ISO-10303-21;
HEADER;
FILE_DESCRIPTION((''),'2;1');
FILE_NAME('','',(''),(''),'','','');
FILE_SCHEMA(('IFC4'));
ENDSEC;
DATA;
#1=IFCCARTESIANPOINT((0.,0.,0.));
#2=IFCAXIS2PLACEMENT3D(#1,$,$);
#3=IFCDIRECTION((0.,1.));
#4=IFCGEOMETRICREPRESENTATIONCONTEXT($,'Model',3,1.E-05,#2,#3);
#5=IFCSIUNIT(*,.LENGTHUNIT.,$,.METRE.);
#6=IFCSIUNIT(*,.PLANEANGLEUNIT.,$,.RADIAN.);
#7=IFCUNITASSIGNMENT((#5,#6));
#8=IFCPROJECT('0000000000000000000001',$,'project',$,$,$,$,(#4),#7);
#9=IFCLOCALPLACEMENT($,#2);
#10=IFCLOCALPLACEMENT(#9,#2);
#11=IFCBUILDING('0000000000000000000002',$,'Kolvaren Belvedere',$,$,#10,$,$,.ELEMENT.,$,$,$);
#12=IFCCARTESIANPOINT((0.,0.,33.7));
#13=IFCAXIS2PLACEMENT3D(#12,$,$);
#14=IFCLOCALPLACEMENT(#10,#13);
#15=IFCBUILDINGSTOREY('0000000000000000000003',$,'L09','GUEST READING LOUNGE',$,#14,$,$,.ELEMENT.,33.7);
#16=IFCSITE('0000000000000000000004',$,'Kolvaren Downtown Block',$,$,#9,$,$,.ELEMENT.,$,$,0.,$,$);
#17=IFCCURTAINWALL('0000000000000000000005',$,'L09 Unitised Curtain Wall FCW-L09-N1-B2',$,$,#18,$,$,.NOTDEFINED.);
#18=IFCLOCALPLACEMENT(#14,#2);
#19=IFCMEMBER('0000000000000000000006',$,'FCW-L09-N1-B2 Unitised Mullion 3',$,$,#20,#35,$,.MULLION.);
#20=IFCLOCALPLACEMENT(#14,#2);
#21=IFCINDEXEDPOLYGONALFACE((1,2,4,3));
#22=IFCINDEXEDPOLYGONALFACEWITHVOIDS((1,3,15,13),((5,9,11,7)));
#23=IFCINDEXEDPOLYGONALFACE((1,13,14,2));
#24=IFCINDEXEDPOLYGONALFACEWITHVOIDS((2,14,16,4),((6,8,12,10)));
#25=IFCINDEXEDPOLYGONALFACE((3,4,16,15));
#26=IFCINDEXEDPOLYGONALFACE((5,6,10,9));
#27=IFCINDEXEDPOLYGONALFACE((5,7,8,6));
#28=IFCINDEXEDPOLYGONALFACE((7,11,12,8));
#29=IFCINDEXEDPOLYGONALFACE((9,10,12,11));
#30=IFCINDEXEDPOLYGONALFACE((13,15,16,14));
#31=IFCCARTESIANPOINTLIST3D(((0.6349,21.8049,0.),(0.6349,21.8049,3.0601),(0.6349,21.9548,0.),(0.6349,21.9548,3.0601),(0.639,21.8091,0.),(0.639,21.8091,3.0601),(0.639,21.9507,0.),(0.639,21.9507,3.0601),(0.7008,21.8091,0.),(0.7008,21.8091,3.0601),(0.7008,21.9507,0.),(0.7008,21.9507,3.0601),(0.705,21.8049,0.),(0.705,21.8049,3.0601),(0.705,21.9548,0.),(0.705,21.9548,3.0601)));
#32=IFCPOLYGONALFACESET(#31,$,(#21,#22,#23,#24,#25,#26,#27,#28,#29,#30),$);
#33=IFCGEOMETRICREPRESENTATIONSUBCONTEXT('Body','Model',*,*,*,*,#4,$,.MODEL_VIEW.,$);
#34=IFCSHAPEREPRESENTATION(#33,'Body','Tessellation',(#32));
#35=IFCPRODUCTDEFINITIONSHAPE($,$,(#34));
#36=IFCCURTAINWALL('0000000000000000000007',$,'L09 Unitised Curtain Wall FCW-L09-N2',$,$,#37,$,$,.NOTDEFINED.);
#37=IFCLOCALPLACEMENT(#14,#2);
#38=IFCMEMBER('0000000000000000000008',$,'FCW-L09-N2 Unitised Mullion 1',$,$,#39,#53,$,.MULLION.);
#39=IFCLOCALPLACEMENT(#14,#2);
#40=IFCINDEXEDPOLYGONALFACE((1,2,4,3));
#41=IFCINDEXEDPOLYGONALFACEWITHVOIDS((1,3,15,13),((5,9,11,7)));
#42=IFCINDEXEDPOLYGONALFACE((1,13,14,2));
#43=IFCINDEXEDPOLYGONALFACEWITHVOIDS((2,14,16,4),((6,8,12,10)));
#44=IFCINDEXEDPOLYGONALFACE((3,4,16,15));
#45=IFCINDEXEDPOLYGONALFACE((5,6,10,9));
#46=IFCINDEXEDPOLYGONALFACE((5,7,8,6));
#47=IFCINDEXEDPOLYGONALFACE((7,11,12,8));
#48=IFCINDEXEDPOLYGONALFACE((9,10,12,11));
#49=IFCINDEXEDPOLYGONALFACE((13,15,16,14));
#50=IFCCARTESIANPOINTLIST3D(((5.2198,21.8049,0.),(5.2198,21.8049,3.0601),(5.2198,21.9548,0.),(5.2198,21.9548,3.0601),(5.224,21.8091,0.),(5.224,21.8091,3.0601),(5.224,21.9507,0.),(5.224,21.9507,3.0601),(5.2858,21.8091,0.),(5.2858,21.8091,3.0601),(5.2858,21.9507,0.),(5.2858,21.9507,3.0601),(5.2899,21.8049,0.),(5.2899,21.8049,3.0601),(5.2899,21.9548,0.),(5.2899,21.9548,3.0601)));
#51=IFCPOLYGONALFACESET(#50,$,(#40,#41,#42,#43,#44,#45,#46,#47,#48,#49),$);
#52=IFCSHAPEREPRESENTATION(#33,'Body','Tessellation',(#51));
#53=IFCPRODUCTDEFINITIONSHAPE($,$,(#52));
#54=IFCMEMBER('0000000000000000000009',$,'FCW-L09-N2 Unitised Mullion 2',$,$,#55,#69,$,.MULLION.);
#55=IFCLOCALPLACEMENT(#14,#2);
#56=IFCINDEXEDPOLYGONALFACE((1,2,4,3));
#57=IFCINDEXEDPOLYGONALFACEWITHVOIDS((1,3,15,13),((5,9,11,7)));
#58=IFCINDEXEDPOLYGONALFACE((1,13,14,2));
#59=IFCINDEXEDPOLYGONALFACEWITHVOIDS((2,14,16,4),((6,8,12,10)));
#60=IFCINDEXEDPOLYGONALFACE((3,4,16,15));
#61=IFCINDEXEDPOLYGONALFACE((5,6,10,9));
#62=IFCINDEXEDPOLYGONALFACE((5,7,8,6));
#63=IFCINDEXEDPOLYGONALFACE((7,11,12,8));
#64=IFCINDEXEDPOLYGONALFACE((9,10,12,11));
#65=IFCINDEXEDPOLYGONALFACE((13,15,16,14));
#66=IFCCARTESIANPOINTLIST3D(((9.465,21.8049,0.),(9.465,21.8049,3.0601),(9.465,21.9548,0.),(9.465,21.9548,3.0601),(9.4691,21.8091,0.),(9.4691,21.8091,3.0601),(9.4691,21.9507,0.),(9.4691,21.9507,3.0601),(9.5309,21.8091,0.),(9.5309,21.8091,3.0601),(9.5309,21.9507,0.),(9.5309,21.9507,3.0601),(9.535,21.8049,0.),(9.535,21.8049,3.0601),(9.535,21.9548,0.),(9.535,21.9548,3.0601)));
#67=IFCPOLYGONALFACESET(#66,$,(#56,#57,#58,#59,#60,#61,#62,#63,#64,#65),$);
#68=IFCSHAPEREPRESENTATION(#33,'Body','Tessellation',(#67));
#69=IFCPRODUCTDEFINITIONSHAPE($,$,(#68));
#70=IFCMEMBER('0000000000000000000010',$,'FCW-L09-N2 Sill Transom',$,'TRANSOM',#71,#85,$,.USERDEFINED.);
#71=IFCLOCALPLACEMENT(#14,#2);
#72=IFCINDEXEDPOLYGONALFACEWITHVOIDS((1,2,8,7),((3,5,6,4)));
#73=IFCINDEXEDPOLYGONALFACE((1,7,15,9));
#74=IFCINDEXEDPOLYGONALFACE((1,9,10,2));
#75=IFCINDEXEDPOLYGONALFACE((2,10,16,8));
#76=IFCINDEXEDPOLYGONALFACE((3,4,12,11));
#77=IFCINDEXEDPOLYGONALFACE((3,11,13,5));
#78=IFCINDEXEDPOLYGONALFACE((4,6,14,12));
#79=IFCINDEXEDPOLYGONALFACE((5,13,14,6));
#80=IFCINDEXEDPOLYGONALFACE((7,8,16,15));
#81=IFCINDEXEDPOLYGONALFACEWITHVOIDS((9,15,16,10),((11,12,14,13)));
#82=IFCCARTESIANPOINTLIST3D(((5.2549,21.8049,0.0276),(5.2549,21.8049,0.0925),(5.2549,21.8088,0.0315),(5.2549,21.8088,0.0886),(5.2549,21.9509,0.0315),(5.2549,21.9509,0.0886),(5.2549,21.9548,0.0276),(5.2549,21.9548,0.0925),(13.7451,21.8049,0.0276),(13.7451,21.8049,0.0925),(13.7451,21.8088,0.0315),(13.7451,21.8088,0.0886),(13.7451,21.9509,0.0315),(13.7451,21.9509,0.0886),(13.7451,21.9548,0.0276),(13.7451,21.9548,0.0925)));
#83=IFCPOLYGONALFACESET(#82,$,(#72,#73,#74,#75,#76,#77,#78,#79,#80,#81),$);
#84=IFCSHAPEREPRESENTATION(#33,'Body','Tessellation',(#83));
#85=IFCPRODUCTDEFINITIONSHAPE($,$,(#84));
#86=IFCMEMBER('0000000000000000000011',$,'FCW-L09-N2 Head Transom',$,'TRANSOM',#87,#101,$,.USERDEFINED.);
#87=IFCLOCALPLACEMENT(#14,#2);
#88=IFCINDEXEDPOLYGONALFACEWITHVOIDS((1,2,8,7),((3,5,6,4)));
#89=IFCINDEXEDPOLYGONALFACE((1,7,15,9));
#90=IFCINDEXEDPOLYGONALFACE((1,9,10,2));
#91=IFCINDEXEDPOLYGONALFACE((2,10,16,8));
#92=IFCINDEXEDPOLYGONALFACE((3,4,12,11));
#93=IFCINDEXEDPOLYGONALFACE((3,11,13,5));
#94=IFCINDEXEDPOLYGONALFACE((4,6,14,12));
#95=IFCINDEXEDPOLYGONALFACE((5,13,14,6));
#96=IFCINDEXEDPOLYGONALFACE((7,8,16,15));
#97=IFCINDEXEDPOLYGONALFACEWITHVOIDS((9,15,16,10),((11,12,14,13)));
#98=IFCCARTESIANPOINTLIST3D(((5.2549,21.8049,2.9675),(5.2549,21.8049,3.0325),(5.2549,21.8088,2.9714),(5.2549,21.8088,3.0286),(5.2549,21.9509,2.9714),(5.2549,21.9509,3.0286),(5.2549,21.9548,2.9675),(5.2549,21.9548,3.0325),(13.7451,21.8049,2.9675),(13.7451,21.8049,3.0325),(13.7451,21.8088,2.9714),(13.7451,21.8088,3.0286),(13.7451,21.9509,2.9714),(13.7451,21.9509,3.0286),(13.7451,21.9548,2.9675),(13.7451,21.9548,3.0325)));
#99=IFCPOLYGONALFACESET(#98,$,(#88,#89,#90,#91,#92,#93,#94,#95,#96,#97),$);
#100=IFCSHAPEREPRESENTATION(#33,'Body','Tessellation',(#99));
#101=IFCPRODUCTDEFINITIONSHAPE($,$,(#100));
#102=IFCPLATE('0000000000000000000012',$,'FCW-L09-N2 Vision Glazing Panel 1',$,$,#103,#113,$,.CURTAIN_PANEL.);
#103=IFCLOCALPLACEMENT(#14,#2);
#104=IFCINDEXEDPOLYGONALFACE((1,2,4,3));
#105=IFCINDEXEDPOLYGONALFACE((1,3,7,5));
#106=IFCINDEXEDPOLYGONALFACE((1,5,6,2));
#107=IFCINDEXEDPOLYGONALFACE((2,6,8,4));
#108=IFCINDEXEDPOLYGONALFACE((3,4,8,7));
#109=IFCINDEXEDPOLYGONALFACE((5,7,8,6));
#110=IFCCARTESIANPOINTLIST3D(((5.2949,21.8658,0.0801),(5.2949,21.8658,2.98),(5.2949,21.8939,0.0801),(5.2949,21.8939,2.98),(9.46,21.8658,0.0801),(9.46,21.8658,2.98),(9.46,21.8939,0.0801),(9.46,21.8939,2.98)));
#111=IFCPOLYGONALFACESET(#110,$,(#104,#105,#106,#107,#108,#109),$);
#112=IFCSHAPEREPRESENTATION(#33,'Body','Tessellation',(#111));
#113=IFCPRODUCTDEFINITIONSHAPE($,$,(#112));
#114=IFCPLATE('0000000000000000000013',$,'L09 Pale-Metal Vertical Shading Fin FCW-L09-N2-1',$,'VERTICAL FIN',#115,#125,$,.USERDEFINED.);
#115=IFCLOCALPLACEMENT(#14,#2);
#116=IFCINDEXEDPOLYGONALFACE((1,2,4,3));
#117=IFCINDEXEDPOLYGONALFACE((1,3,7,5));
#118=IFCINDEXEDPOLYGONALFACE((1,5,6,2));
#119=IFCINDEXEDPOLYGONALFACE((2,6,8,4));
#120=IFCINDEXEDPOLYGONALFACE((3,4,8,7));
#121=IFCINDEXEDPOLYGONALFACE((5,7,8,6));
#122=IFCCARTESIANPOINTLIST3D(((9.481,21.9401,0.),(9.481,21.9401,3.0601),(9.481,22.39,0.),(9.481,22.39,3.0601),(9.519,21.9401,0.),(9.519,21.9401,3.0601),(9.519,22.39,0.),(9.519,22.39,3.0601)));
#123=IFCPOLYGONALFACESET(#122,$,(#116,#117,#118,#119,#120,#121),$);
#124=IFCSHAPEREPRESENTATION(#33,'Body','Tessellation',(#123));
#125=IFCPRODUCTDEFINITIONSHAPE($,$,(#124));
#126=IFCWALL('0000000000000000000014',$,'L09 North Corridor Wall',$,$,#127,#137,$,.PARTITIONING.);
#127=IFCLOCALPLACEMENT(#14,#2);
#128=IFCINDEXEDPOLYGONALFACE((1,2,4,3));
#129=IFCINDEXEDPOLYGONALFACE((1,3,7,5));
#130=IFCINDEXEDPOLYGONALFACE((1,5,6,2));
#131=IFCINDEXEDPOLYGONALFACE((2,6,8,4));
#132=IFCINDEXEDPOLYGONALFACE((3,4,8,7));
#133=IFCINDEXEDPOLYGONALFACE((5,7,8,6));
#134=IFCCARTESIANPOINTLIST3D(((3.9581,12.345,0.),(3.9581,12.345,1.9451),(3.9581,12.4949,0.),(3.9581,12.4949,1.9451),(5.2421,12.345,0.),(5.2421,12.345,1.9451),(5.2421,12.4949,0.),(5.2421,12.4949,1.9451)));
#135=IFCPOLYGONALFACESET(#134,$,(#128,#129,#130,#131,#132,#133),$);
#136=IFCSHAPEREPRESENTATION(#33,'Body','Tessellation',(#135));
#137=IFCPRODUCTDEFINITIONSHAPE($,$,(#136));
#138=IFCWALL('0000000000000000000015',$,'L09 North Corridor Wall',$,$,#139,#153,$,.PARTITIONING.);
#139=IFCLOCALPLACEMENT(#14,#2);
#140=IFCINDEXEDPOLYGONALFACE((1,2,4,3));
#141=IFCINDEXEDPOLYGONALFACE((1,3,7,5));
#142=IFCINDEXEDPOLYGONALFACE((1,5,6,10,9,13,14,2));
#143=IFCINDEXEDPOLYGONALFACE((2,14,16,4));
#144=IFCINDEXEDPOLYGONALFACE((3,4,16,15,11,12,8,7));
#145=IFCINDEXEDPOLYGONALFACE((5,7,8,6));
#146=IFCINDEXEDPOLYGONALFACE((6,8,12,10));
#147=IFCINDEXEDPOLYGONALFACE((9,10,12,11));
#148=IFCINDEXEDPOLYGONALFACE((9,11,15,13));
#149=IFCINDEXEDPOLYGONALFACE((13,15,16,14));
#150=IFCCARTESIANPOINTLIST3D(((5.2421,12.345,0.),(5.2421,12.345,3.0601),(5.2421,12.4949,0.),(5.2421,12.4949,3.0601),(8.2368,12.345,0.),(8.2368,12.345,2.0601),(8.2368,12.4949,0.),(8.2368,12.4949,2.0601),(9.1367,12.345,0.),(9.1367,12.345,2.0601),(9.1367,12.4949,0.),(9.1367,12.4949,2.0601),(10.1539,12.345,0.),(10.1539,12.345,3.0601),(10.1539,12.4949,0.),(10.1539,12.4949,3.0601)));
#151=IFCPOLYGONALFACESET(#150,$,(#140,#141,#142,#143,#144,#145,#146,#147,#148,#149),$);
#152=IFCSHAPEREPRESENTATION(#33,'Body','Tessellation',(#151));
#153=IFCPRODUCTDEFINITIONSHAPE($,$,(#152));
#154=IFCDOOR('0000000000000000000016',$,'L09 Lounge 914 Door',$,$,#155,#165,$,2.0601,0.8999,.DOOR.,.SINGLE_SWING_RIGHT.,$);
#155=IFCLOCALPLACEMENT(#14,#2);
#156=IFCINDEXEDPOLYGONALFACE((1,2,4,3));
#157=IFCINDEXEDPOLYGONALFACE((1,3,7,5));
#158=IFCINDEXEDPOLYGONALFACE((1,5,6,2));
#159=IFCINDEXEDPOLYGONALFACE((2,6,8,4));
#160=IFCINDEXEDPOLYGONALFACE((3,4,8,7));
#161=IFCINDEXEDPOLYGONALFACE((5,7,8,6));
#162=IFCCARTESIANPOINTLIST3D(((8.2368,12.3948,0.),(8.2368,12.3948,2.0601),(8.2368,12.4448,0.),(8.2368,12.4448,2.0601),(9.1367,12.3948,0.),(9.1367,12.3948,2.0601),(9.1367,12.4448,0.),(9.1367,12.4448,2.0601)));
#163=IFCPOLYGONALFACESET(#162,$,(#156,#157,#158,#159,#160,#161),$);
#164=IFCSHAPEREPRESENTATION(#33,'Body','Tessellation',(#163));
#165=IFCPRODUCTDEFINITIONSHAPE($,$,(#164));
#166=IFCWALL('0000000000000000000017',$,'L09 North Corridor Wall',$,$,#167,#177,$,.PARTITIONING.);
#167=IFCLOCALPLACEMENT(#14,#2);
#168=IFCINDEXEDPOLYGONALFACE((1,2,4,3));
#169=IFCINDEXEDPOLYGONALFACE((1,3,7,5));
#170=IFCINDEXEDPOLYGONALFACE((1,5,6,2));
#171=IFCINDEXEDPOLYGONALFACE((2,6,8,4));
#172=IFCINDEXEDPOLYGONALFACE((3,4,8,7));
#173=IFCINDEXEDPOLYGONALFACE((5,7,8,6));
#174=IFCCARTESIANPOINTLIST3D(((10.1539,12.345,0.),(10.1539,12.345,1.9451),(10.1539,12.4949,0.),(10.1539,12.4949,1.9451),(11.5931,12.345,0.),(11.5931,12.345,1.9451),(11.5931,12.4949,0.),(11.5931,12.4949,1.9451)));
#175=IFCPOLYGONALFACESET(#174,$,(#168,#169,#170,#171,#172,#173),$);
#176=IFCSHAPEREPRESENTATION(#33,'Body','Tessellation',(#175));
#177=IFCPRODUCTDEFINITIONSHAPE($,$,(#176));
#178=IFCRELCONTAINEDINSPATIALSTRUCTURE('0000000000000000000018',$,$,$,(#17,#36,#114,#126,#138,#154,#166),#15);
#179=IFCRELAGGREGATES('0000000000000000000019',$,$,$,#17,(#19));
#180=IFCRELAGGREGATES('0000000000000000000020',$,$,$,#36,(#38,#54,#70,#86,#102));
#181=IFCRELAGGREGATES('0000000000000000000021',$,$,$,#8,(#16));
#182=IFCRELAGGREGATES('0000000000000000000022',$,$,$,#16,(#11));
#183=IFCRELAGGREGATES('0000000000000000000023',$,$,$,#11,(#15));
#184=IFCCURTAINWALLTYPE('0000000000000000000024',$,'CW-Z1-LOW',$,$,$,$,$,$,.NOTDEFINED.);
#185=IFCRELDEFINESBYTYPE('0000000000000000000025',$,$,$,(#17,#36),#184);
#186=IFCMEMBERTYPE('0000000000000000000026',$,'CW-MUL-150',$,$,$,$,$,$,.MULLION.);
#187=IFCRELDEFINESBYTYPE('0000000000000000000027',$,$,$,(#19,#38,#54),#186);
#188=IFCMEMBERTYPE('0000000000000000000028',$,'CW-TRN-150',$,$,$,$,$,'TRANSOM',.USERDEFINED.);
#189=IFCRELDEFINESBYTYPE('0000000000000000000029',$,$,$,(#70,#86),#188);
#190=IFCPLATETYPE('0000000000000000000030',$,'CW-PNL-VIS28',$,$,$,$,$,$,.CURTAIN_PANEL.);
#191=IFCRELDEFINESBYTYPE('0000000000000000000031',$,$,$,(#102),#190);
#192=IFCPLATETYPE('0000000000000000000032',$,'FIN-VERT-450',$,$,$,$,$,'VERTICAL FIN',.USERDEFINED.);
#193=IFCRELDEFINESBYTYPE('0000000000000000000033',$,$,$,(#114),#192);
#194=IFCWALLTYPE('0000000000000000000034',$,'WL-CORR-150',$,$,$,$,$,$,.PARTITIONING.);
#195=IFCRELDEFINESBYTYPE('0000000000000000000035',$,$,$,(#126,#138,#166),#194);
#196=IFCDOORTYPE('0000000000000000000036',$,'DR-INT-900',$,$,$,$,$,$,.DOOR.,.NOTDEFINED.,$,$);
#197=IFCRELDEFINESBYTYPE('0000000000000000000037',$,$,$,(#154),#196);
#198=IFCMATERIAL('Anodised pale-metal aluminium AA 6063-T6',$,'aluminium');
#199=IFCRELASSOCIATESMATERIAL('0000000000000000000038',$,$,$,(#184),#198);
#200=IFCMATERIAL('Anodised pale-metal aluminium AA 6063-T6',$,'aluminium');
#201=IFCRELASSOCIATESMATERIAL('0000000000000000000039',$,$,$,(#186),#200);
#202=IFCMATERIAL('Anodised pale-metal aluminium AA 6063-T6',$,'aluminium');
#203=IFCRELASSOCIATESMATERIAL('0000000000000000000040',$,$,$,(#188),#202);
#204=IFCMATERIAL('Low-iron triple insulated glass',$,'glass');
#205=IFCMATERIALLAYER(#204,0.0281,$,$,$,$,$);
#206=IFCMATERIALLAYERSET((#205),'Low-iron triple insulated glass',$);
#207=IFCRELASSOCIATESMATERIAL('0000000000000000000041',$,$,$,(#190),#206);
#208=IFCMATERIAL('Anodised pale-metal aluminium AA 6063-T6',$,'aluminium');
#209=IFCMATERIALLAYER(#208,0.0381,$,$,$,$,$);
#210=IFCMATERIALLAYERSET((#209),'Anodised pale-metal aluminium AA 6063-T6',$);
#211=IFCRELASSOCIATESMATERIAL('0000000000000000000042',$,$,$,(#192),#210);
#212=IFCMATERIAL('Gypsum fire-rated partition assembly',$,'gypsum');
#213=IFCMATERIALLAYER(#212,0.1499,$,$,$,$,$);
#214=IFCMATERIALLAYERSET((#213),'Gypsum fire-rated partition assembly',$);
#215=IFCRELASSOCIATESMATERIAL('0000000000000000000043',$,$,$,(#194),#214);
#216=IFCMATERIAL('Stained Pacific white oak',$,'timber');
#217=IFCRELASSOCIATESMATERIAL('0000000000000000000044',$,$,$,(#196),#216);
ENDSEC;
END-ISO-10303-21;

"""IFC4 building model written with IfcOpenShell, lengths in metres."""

from ifc_helpers import new_model, si_unit, direction, frame, frame_2d, origin, origin_2d, place, context, subcontext, project, spatial, rectangle, hollow_rectangle, extrude, material, layer, layer_set, material_profile, profile_set, type_object, element, fill, aggregate, save


model = new_model("IFC4")

# Units and contexts
model_context = context("Model", 3, precision=1e-05, world=origin(), true_north=direction((0.0, 1.0)))
body_context = subcontext(model_context, "Body", "Model", "MODEL_VIEW")
ifc_project = project(units=[si_unit("LENGTHUNIT", "METRE"), si_unit("PLANEANGLEUNIT", "RADIAN")], contexts=[model_context])

# Site, building, storey
site_placement = place(None, origin())
site = spatial("IfcSite", under=ifc_project, at=site_placement, Name="Kolvaren Downtown Block", CompositionType="ELEMENT", RefElevation=0.0)
building_placement = place(site_placement, origin())
building = spatial("IfcBuilding", under=site, at=building_placement, Name="Kolvaren Belvedere", CompositionType="ELEMENT")
storey_placement = place(building_placement, frame((0.0, 0.0, 33.7)))
storey = spatial("IfcBuildingStorey", under=building, at=storey_placement, Name="L09", Description="GUEST READING LOUNGE", CompositionType="ELEMENT", Elevation=33.7)

# Curtain wall, member
ifc_material_1 = material(Name="Anodised pale-metal aluminium AA 6063-T6", Category="aluminium")
curtain_wall_type = type_object("IfcCurtainWallType", Name="CW-Z1-LOW", PredefinedType="NOTDEFINED", material=ifc_material_1)
curtain_wall_1_placement = place(storey_placement, origin())
curtain_wall_1 = element("IfcCurtainWall", 1, at=curtain_wall_1_placement, inside=storey, type_object=curtain_wall_type, Name="L09 Unitised Curtain Wall FCW-L09-N1-B2", PredefinedType="NOTDEFINED")
ifc_material_2 = material(Name="Anodised pale-metal aluminium AA 6063-T6", Category="aluminium")
ifc_material_profile_1 = material_profile(ifc_material_2, hollow_rectangle(XDim=0.0701, YDim=0.1499, WallThickness=0.0042, at=origin_2d()), Name="ALU-MUL-150X70")
ifc_profile_set_1 = profile_set([ifc_material_profile_1], Name="Anodised pale-metal aluminium AA 6063-T6")
member_type_1 = type_object("IfcMemberType", Name="CW-MUL-150", PredefinedType="MULLION", material=ifc_profile_set_1)
member_1_placement = place(storey_placement, frame((0.6699, 21.8799, 0.0), z_axis=(0.0, 0.0, 1.0), x_axis=(1.0, 0.0, 0.0)))
member_1 = element("IfcMember", 2, at=member_1_placement, type_object=member_type_1, Name="FCW-L09-N1-B2 Unitised Mullion 3", PredefinedType="MULLION", context=body_context, shape_type="SweptSolid", body=[
    extrude(hollow_rectangle(XDim=0.0701, YDim=0.1499, WallThickness=0.0042, at=origin_2d()), origin(), (0.0, 0.0, 1.0), 3.0601),
])
aggregate(curtain_wall_1, [member_1])

# Curtain wall, members, plate
curtain_wall_2_placement = place(storey_placement, origin())
curtain_wall_2 = element("IfcCurtainWall", 3, at=curtain_wall_2_placement, inside=storey, type_object=curtain_wall_type, Name="L09 Unitised Curtain Wall FCW-L09-N2", PredefinedType="NOTDEFINED")
member_2_placement = place(storey_placement, frame((5.2549, 21.8799, 0.0), z_axis=(0.0, 0.0, 1.0), x_axis=(1.0, 0.0, 0.0)))
member_2 = element("IfcMember", 4, at=member_2_placement, type_object=member_type_1, Name="FCW-L09-N2 Unitised Mullion 1", PredefinedType="MULLION", context=body_context, shape_type="SweptSolid", body=[
    extrude(hollow_rectangle(XDim=0.0701, YDim=0.1499, WallThickness=0.0042, at=origin_2d()), origin(), (0.0, 0.0, 1.0), 3.0601),
])
member_3_placement = place(storey_placement, frame((9.5, 21.8799, 0.0), z_axis=(0.0, 0.0, 1.0), x_axis=(1.0, 0.0, 0.0)))
member_3 = element("IfcMember", 5, at=member_3_placement, type_object=member_type_1, Name="FCW-L09-N2 Unitised Mullion 2", PredefinedType="MULLION", context=body_context, shape_type="SweptSolid", body=[
    extrude(hollow_rectangle(XDim=0.0701, YDim=0.1499, WallThickness=0.0042, at=origin_2d()), origin(), (0.0, 0.0, 1.0), 3.0601),
])
ifc_material_3 = material(Name="Anodised pale-metal aluminium AA 6063-T6", Category="aluminium")
ifc_material_profile_2 = material_profile(ifc_material_3, hollow_rectangle(XDim=0.0649, YDim=0.1499, WallThickness=0.0039, at=origin_2d()), Name="ALU-TRN-150X65")
ifc_profile_set_2 = profile_set([ifc_material_profile_2], Name="Anodised pale-metal aluminium AA 6063-T6")
member_type_2 = type_object("IfcMemberType", Name="CW-TRN-150", ElementType="TRANSOM", PredefinedType="USERDEFINED", material=ifc_profile_set_2)
member_4_placement = place(storey_placement, frame((5.2549, 21.8799, 0.0601), z_axis=(1.0, 0.0, 0.0), x_axis=(0.0, 0.0, 1.0)))
member_4 = element("IfcMember", 6, at=member_4_placement, type_object=member_type_2, Name="FCW-L09-N2 Sill Transom", ObjectType="TRANSOM", PredefinedType="USERDEFINED", context=body_context, shape_type="SweptSolid", body=[
    extrude(hollow_rectangle(XDim=0.0649, YDim=0.1499, WallThickness=0.0039, at=origin_2d()), origin(), (0.0, 0.0, 1.0), 8.4902),
])
member_5_placement = place(storey_placement, frame((5.2549, 21.8799, 3.0), z_axis=(1.0, 0.0, 0.0), x_axis=(0.0, 0.0, 1.0)))
member_5 = element("IfcMember", 7, at=member_5_placement, type_object=member_type_2, Name="FCW-L09-N2 Head Transom", ObjectType="TRANSOM", PredefinedType="USERDEFINED", context=body_context, shape_type="SweptSolid", body=[
    extrude(hollow_rectangle(XDim=0.0649, YDim=0.1499, WallThickness=0.0039, at=origin_2d()), origin(), (0.0, 0.0, 1.0), 8.4902),
])
ifc_material_4 = material(Name="Low-iron triple insulated glass", Category="glass")
ifc_layer_1 = layer(ifc_material_4, 0.0281)
ifc_layer_set_1 = layer_set([ifc_layer_1], Name="Low-iron triple insulated glass")
plate_type_1 = type_object("IfcPlateType", Name="CW-PNL-VIS28", PredefinedType="CURTAIN_PANEL", material=ifc_layer_set_1)
plate_1_placement = place(storey_placement, frame((7.3774, 21.8799, 0.0801), z_axis=(0.0, 0.0, 1.0), x_axis=(1.0, 0.0, 0.0)))
plate_1 = element("IfcPlate", 8, at=plate_1_placement, type_object=plate_type_1, Name="FCW-L09-N2 Vision Glazing Panel 1", PredefinedType="CURTAIN_PANEL", context=body_context, shape_type="SweptSolid", body=[
    extrude(rectangle(XDim=4.165, YDim=0.0281, at=origin_2d()), origin(), (0.0, 0.0, 1.0), 2.8999),
])
aggregate(curtain_wall_2, [member_2, member_3, member_4, member_5, plate_1])

# Plate
ifc_material_5 = material(Name="Anodised pale-metal aluminium AA 6063-T6", Category="aluminium")
ifc_layer_2 = layer(ifc_material_5, 0.0381)
ifc_layer_set_2 = layer_set([ifc_layer_2], Name="Anodised pale-metal aluminium AA 6063-T6")
plate_type_2 = type_object("IfcPlateType", Name="FIN-VERT-450", ElementType="VERTICAL FIN", PredefinedType="USERDEFINED", material=ifc_layer_set_2)
plate_2_placement = place(storey_placement, frame((9.5, 22.165, 0.0), z_axis=(0.0, 0.0, 1.0), x_axis=(0.0, 1.0, 0.0)))
element("IfcPlate", 9, at=plate_2_placement, inside=storey, type_object=plate_type_2, Name="L09 Pale-Metal Vertical Shading Fin FCW-L09-N2-1", ObjectType="VERTICAL FIN", PredefinedType="USERDEFINED", context=body_context, shape_type="SweptSolid", body=[
    extrude(rectangle(XDim=0.45, YDim=0.0381, at=origin_2d()), origin(), (0.0, 0.0, 1.0), 3.0601),
])

# Wall
ifc_material_6 = material(Name="Gypsum fire-rated partition assembly", Category="gypsum")
ifc_layer_3 = layer(ifc_material_6, 0.1499)
ifc_layer_set_3 = layer_set([ifc_layer_3], Name="Gypsum fire-rated partition assembly")
wall_type_1 = type_object("IfcWallType", Name="WL-CORR-150", PredefinedType="PARTITIONING", material=ifc_layer_set_3)
wall_1_placement = place(storey_placement, frame((3.958, 12.4199, 0.0), z_axis=(0.0, 0.0, 1.0), x_axis=(1.0, 0.0, 0.0)))
element("IfcWall", 10, at=wall_1_placement, inside=storey, type_object=wall_type_1, Name="L09 North Corridor Wall", PredefinedType="PARTITIONING", context=body_context, shape_type="SweptSolid", body=[
    extrude(rectangle(XDim=1.2839, YDim=0.1499, at=frame_2d((0.6421, 0.0))), origin(), (0.0, 0.0, 1.0), 1.9451),
])

# Wall, opening, door
wall_2_placement = place(storey_placement, frame((5.2419, 12.4199, 0.0), z_axis=(0.0, 0.0, 1.0), x_axis=(1.0, 0.0, 0.0)))
wall_2 = element("IfcWall", 11, at=wall_2_placement, inside=storey, type_object=wall_type_1, Name="L09 North Corridor Wall", PredefinedType="PARTITIONING", context=body_context, shape_type="SweptSolid", body=[
    extrude(rectangle(XDim=4.9119, YDim=0.1499, at=frame_2d((2.4561, 0.0))), origin(), (0.0, 0.0, 1.0), 3.0601),
])
opening_1_placement = place(wall_2_placement, frame((2.9949, 0.0, 0.0)))
opening_1 = element("IfcOpeningElement", 12, at=opening_1_placement, cuts=wall_2, PredefinedType="OPENING", context=body_context, shape_type="SweptSolid", body=[
    extrude(rectangle(XDim=0.8999, YDim=2.0601, at=frame_2d((0.45, 1.03))), frame((0.0, 0.085, 0.0), z_axis=(0.0, -1.0, 0.0), x_axis=(1.0, 0.0, 0.0)), (0.0, 0.0, 1.0), 0.1699),
])
ifc_material_7 = material(Name="Stained Pacific white oak", Category="timber")
door_type_1 = type_object("IfcDoorType", Name="DR-INT-900", OperationType="NOTDEFINED", PredefinedType="DOOR", material=ifc_material_7)
door_1_placement = place(opening_1_placement, origin())
door_1 = element("IfcDoor", 13, at=door_1_placement, inside=storey, type_object=door_type_1, Name="L09 Lounge 914 Door", OperationType="SINGLE_SWING_RIGHT", OverallHeight=2.0601, OverallWidth=0.8999, PredefinedType="DOOR", context=body_context, shape_type="SweptSolid", body=[
    extrude(rectangle(XDim=0.8999, YDim=2.0601, at=frame_2d((0.45, 1.03))), frame((0.0, 0.0249, 0.0), z_axis=(0.0, -1.0, 0.0), x_axis=(1.0, 0.0, 0.0)), (0.0, 0.0, 1.0), 0.05),
])
fill(opening_1, door_1)

# Wall
wall_3_placement = place(storey_placement, frame((10.1538, 12.4199, 0.0), z_axis=(0.0, 0.0, 1.0), x_axis=(1.0, 0.0, 0.0)))
element("IfcWall", 14, at=wall_3_placement, inside=storey, type_object=wall_type_1, Name="L09 North Corridor Wall", PredefinedType="PARTITIONING", context=body_context, shape_type="SweptSolid", body=[
    extrude(rectangle(XDim=1.4392, YDim=0.1499, at=frame_2d((0.7197, 0.0))), origin(), (0.0, 0.0, 1.0), 1.9451),
])

save(model, "model.ifc")
